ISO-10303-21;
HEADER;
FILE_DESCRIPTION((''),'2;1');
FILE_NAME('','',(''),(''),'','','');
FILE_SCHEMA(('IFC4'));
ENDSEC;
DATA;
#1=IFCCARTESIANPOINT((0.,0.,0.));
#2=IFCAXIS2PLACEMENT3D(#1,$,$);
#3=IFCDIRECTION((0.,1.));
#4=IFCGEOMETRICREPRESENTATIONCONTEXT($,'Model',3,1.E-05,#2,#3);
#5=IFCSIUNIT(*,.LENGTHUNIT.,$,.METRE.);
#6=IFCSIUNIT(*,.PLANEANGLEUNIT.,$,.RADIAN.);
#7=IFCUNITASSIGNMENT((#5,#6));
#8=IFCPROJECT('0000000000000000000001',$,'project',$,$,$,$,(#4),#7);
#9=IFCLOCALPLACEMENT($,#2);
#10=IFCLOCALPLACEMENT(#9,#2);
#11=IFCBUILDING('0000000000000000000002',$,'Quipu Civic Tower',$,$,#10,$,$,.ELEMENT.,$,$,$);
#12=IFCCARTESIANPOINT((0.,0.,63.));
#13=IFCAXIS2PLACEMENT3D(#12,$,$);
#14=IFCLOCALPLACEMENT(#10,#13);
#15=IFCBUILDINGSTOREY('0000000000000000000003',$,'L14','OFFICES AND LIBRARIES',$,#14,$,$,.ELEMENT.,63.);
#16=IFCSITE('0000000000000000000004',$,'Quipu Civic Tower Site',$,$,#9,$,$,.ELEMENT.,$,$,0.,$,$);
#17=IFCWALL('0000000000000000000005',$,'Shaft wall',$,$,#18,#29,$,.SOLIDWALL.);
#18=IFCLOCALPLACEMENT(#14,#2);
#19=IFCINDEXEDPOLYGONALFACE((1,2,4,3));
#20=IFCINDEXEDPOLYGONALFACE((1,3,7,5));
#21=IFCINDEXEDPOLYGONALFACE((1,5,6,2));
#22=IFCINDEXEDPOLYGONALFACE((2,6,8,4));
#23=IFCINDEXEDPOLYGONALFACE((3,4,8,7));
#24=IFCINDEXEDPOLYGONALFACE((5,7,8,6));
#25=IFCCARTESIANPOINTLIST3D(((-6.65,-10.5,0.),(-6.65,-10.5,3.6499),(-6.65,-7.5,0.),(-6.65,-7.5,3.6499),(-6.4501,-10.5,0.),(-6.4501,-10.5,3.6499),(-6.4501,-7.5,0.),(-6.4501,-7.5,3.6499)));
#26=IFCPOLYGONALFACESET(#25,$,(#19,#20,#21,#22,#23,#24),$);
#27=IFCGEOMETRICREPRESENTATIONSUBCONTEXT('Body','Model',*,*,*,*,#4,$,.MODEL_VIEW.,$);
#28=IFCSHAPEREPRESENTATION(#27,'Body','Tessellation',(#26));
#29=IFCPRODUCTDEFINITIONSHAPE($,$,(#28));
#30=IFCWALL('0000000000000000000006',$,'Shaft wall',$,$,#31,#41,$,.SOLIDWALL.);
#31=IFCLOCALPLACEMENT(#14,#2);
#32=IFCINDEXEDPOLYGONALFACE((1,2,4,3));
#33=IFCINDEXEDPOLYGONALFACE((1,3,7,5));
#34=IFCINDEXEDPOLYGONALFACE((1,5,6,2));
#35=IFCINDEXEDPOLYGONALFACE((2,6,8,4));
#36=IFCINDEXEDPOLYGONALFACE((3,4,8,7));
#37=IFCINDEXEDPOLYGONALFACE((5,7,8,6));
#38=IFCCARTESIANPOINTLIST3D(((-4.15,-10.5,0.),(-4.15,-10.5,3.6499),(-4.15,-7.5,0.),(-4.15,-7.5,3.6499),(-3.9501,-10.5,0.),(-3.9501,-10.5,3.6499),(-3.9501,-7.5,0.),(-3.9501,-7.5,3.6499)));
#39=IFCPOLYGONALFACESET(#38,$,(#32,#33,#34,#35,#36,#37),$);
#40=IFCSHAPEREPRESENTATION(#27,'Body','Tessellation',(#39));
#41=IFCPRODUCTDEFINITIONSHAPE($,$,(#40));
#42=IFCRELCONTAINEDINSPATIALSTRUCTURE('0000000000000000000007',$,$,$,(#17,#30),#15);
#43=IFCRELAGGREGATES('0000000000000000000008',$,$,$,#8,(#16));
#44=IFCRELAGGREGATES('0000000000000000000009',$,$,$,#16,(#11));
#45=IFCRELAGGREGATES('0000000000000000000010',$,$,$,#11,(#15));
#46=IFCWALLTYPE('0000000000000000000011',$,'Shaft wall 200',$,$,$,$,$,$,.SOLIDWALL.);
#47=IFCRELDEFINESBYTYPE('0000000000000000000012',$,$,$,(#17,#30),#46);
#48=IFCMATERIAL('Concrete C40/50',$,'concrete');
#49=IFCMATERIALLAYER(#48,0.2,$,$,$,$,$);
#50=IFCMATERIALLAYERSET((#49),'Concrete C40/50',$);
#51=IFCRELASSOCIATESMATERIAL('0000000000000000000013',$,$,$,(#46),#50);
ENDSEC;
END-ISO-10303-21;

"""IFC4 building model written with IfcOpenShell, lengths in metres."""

from ifc_helpers import new_model, si_unit, direction, frame, frame_2d, origin, place, context, subcontext, project, spatial, rectangle, extrude, material, layer, layer_set, type_object, element, save


model = new_model("IFC4")

# Units and contexts
model_context = context("Model", 3, precision=1e-05, world=origin(), true_north=direction((0.0, 1.0)))
body_context = subcontext(model_context, "Body", "Model", "MODEL_VIEW")
ifc_project = project(units=[si_unit("LENGTHUNIT", "METRE"), si_unit("PLANEANGLEUNIT", "RADIAN")], contexts=[model_context])

# Site, building, storey
site_placement = place(None, origin())
site = spatial("IfcSite", under=ifc_project, at=site_placement, Name="Quipu Civic Tower Site", CompositionType="ELEMENT", RefElevation=0.0)
building_placement = place(site_placement, origin())
building = spatial("IfcBuilding", under=site, at=building_placement, Name="Quipu Civic Tower", CompositionType="ELEMENT")
storey_placement = place(building_placement, frame((0.0, 0.0, 63.0)))
storey = spatial("IfcBuildingStorey", under=building, at=storey_placement, Name="L14", Description="OFFICES AND LIBRARIES", CompositionType="ELEMENT", Elevation=63.0)

# Walls
ifc_material_1 = material(Name="Concrete C40/50", Category="concrete")
ifc_layer_1 = layer(ifc_material_1, 0.2)
ifc_layer_set_1 = layer_set([ifc_layer_1], Name="Concrete C40/50")
wall_type_1 = type_object("IfcWallType", Name="Shaft wall 200", PredefinedType="SOLIDWALL", material=ifc_layer_set_1)
for number, where, z_axis, x_axis, name in (
    (1, (-6.55, -10.5, 0.0), (0.0, 0.0, 1.0), (0.0, 1.0, 0.0), "Shaft wall"),
    (2, (-4.05, -10.5, 0.0), (0.0, 0.0, 1.0), (0.0, 1.0, 0.0), "Shaft wall"),
):
    element("IfcWall", number, at=place(storey_placement, frame(where, z_axis=z_axis, x_axis=x_axis)), inside=storey, type_object=wall_type_1, Name=name, PredefinedType="SOLIDWALL", context=body_context, shape_type="SweptSolid", body=[
        extrude(rectangle(XDim=3.0, YDim=0.2, at=frame_2d((1.5, 0.0))), origin(), (0.0, 0.0, 1.0), 3.6499),
    ])

save(model, "model.ifc")
